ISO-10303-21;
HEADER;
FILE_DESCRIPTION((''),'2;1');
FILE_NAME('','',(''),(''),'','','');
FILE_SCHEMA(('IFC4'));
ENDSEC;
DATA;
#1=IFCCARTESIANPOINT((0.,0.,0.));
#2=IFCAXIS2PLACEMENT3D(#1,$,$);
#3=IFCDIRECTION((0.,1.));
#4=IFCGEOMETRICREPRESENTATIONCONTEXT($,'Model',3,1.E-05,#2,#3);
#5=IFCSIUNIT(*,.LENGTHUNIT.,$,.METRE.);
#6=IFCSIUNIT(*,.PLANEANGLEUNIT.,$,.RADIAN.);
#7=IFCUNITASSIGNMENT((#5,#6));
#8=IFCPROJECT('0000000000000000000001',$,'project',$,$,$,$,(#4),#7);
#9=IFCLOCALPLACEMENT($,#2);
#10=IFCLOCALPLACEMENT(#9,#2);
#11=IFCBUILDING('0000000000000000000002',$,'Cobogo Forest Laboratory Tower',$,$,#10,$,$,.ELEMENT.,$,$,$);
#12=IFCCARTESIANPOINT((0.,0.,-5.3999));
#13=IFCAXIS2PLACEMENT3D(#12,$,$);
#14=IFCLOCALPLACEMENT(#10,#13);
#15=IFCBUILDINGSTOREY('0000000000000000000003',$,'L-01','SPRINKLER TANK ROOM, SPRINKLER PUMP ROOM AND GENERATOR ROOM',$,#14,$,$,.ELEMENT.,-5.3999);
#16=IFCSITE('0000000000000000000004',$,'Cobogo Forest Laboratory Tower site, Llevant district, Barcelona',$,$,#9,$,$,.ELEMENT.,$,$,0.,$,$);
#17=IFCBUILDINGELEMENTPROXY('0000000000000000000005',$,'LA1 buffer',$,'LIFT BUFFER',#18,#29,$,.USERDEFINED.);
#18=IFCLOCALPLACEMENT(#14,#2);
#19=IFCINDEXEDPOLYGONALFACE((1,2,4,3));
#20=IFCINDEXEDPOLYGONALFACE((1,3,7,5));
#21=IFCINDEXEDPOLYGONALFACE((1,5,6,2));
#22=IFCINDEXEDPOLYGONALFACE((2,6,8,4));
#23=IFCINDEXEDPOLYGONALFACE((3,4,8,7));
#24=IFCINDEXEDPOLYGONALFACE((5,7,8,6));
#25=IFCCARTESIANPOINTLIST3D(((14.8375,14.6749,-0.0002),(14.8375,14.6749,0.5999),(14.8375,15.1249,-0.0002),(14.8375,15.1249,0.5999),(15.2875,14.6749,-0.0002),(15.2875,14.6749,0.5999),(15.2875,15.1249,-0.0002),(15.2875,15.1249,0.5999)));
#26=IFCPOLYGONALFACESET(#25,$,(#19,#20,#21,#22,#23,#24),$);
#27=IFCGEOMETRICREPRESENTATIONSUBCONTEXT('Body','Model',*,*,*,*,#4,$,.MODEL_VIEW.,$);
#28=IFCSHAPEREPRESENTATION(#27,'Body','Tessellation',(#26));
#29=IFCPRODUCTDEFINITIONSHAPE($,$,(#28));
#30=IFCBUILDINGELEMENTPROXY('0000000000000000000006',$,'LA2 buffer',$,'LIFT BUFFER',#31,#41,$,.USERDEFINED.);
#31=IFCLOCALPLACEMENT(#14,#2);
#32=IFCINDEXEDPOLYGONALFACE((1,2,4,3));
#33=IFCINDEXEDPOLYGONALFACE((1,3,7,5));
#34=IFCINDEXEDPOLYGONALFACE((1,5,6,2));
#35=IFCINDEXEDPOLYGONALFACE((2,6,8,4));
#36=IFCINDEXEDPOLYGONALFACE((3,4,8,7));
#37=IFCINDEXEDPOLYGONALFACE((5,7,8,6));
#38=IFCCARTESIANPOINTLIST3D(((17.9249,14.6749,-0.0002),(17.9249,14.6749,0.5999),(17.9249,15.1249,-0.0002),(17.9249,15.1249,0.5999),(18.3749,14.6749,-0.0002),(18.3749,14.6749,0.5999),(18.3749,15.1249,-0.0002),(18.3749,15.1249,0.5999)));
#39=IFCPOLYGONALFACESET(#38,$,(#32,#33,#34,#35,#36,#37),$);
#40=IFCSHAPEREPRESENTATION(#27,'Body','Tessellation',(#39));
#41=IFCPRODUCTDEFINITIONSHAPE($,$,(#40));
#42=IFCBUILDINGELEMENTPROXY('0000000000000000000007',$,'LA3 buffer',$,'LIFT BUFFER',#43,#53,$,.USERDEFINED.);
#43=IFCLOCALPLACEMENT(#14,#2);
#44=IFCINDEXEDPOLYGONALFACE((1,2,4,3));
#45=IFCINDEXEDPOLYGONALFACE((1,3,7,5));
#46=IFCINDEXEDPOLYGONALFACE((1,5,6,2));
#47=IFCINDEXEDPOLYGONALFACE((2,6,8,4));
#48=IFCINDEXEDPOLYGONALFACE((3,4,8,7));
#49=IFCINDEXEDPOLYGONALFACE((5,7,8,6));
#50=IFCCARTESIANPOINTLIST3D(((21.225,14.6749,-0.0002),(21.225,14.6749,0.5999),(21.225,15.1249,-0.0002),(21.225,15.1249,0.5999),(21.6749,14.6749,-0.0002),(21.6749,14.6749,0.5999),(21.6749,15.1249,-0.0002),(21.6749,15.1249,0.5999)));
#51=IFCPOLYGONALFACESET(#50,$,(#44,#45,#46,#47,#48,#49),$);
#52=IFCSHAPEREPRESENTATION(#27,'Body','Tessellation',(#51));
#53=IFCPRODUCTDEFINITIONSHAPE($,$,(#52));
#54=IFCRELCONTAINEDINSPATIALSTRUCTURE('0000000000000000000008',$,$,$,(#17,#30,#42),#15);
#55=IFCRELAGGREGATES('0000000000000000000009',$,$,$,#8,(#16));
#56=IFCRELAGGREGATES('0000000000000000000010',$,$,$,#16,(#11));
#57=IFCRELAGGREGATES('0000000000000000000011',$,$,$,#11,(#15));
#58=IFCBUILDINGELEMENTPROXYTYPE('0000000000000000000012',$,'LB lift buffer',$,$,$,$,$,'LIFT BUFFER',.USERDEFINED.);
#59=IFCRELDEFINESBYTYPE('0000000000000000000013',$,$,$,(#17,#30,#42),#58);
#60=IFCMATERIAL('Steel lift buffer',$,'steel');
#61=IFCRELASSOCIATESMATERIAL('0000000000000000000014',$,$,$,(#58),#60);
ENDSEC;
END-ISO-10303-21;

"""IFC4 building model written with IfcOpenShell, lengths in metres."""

from ifc_helpers import new_model, si_unit, direction, frame, origin, origin_2d, place, context, subcontext, project, spatial, rectangle, extrude, material, type_object, element, save


model = new_model("IFC4")

# Units and contexts
model_context = context("Model", 3, precision=1e-05, world=origin(), true_north=direction((0.0, 1.0)))
body_context = subcontext(model_context, "Body", "Model", "MODEL_VIEW")
ifc_project = project(units=[si_unit("LENGTHUNIT", "METRE"), si_unit("PLANEANGLEUNIT", "RADIAN")], contexts=[model_context])

# Site, building, storey
site_placement = place(None, origin())
site = spatial("IfcSite", under=ifc_project, at=site_placement, Name="Cobogo Forest Laboratory Tower site, Llevant district, Barcelona", CompositionType="ELEMENT", RefElevation=0.0)
building_placement = place(site_placement, origin())
building = spatial("IfcBuilding", under=site, at=building_placement, Name="Cobogo Forest Laboratory Tower", CompositionType="ELEMENT")
storey_placement = place(building_placement, frame((0.0, 0.0, -5.3999)))
storey = spatial("IfcBuildingStorey", under=building, at=storey_placement, Name="L-01", Description="SPRINKLER TANK ROOM, SPRINKLER PUMP ROOM AND GENERATOR ROOM", CompositionType="ELEMENT", Elevation=-5.3999)

# Building element proxies
ifc_material_1 = material(Name="Steel lift buffer", Category="steel")
building_element_proxy_type = type_object("IfcBuildingElementProxyType", Name="LB lift buffer", ElementType="LIFT BUFFER", PredefinedType="USERDEFINED", material=ifc_material_1)
for number, where, z_axis, x_axis, name in (
    (1, (15.0625, 14.8999, -0.0002), (0.0, 0.0, 1.0), (1.0, 0.0, 0.0), "LA1 buffer"),
    (2, (18.1499, 14.8999, -0.0002), (0.0, 0.0, 1.0), (1.0, 0.0, 0.0), "LA2 buffer"),
    (3, (21.45, 14.8999, -0.0002), (0.0, 0.0, 1.0), (1.0, 0.0, 0.0), "LA3 buffer"),
):
    element("IfcBuildingElementProxy", number, at=place(storey_placement, frame(where, z_axis=z_axis, x_axis=x_axis)), inside=storey, type_object=building_element_proxy_type, Name=name, ObjectType="LIFT BUFFER", PredefinedType="USERDEFINED", context=body_context, shape_type="SweptSolid", body=[
        extrude(rectangle(XDim=0.45, YDim=0.45, at=origin_2d()), origin(), (0.0, 0.0, 1.0), 0.6001),
    ])

save(model, "model.ifc")
